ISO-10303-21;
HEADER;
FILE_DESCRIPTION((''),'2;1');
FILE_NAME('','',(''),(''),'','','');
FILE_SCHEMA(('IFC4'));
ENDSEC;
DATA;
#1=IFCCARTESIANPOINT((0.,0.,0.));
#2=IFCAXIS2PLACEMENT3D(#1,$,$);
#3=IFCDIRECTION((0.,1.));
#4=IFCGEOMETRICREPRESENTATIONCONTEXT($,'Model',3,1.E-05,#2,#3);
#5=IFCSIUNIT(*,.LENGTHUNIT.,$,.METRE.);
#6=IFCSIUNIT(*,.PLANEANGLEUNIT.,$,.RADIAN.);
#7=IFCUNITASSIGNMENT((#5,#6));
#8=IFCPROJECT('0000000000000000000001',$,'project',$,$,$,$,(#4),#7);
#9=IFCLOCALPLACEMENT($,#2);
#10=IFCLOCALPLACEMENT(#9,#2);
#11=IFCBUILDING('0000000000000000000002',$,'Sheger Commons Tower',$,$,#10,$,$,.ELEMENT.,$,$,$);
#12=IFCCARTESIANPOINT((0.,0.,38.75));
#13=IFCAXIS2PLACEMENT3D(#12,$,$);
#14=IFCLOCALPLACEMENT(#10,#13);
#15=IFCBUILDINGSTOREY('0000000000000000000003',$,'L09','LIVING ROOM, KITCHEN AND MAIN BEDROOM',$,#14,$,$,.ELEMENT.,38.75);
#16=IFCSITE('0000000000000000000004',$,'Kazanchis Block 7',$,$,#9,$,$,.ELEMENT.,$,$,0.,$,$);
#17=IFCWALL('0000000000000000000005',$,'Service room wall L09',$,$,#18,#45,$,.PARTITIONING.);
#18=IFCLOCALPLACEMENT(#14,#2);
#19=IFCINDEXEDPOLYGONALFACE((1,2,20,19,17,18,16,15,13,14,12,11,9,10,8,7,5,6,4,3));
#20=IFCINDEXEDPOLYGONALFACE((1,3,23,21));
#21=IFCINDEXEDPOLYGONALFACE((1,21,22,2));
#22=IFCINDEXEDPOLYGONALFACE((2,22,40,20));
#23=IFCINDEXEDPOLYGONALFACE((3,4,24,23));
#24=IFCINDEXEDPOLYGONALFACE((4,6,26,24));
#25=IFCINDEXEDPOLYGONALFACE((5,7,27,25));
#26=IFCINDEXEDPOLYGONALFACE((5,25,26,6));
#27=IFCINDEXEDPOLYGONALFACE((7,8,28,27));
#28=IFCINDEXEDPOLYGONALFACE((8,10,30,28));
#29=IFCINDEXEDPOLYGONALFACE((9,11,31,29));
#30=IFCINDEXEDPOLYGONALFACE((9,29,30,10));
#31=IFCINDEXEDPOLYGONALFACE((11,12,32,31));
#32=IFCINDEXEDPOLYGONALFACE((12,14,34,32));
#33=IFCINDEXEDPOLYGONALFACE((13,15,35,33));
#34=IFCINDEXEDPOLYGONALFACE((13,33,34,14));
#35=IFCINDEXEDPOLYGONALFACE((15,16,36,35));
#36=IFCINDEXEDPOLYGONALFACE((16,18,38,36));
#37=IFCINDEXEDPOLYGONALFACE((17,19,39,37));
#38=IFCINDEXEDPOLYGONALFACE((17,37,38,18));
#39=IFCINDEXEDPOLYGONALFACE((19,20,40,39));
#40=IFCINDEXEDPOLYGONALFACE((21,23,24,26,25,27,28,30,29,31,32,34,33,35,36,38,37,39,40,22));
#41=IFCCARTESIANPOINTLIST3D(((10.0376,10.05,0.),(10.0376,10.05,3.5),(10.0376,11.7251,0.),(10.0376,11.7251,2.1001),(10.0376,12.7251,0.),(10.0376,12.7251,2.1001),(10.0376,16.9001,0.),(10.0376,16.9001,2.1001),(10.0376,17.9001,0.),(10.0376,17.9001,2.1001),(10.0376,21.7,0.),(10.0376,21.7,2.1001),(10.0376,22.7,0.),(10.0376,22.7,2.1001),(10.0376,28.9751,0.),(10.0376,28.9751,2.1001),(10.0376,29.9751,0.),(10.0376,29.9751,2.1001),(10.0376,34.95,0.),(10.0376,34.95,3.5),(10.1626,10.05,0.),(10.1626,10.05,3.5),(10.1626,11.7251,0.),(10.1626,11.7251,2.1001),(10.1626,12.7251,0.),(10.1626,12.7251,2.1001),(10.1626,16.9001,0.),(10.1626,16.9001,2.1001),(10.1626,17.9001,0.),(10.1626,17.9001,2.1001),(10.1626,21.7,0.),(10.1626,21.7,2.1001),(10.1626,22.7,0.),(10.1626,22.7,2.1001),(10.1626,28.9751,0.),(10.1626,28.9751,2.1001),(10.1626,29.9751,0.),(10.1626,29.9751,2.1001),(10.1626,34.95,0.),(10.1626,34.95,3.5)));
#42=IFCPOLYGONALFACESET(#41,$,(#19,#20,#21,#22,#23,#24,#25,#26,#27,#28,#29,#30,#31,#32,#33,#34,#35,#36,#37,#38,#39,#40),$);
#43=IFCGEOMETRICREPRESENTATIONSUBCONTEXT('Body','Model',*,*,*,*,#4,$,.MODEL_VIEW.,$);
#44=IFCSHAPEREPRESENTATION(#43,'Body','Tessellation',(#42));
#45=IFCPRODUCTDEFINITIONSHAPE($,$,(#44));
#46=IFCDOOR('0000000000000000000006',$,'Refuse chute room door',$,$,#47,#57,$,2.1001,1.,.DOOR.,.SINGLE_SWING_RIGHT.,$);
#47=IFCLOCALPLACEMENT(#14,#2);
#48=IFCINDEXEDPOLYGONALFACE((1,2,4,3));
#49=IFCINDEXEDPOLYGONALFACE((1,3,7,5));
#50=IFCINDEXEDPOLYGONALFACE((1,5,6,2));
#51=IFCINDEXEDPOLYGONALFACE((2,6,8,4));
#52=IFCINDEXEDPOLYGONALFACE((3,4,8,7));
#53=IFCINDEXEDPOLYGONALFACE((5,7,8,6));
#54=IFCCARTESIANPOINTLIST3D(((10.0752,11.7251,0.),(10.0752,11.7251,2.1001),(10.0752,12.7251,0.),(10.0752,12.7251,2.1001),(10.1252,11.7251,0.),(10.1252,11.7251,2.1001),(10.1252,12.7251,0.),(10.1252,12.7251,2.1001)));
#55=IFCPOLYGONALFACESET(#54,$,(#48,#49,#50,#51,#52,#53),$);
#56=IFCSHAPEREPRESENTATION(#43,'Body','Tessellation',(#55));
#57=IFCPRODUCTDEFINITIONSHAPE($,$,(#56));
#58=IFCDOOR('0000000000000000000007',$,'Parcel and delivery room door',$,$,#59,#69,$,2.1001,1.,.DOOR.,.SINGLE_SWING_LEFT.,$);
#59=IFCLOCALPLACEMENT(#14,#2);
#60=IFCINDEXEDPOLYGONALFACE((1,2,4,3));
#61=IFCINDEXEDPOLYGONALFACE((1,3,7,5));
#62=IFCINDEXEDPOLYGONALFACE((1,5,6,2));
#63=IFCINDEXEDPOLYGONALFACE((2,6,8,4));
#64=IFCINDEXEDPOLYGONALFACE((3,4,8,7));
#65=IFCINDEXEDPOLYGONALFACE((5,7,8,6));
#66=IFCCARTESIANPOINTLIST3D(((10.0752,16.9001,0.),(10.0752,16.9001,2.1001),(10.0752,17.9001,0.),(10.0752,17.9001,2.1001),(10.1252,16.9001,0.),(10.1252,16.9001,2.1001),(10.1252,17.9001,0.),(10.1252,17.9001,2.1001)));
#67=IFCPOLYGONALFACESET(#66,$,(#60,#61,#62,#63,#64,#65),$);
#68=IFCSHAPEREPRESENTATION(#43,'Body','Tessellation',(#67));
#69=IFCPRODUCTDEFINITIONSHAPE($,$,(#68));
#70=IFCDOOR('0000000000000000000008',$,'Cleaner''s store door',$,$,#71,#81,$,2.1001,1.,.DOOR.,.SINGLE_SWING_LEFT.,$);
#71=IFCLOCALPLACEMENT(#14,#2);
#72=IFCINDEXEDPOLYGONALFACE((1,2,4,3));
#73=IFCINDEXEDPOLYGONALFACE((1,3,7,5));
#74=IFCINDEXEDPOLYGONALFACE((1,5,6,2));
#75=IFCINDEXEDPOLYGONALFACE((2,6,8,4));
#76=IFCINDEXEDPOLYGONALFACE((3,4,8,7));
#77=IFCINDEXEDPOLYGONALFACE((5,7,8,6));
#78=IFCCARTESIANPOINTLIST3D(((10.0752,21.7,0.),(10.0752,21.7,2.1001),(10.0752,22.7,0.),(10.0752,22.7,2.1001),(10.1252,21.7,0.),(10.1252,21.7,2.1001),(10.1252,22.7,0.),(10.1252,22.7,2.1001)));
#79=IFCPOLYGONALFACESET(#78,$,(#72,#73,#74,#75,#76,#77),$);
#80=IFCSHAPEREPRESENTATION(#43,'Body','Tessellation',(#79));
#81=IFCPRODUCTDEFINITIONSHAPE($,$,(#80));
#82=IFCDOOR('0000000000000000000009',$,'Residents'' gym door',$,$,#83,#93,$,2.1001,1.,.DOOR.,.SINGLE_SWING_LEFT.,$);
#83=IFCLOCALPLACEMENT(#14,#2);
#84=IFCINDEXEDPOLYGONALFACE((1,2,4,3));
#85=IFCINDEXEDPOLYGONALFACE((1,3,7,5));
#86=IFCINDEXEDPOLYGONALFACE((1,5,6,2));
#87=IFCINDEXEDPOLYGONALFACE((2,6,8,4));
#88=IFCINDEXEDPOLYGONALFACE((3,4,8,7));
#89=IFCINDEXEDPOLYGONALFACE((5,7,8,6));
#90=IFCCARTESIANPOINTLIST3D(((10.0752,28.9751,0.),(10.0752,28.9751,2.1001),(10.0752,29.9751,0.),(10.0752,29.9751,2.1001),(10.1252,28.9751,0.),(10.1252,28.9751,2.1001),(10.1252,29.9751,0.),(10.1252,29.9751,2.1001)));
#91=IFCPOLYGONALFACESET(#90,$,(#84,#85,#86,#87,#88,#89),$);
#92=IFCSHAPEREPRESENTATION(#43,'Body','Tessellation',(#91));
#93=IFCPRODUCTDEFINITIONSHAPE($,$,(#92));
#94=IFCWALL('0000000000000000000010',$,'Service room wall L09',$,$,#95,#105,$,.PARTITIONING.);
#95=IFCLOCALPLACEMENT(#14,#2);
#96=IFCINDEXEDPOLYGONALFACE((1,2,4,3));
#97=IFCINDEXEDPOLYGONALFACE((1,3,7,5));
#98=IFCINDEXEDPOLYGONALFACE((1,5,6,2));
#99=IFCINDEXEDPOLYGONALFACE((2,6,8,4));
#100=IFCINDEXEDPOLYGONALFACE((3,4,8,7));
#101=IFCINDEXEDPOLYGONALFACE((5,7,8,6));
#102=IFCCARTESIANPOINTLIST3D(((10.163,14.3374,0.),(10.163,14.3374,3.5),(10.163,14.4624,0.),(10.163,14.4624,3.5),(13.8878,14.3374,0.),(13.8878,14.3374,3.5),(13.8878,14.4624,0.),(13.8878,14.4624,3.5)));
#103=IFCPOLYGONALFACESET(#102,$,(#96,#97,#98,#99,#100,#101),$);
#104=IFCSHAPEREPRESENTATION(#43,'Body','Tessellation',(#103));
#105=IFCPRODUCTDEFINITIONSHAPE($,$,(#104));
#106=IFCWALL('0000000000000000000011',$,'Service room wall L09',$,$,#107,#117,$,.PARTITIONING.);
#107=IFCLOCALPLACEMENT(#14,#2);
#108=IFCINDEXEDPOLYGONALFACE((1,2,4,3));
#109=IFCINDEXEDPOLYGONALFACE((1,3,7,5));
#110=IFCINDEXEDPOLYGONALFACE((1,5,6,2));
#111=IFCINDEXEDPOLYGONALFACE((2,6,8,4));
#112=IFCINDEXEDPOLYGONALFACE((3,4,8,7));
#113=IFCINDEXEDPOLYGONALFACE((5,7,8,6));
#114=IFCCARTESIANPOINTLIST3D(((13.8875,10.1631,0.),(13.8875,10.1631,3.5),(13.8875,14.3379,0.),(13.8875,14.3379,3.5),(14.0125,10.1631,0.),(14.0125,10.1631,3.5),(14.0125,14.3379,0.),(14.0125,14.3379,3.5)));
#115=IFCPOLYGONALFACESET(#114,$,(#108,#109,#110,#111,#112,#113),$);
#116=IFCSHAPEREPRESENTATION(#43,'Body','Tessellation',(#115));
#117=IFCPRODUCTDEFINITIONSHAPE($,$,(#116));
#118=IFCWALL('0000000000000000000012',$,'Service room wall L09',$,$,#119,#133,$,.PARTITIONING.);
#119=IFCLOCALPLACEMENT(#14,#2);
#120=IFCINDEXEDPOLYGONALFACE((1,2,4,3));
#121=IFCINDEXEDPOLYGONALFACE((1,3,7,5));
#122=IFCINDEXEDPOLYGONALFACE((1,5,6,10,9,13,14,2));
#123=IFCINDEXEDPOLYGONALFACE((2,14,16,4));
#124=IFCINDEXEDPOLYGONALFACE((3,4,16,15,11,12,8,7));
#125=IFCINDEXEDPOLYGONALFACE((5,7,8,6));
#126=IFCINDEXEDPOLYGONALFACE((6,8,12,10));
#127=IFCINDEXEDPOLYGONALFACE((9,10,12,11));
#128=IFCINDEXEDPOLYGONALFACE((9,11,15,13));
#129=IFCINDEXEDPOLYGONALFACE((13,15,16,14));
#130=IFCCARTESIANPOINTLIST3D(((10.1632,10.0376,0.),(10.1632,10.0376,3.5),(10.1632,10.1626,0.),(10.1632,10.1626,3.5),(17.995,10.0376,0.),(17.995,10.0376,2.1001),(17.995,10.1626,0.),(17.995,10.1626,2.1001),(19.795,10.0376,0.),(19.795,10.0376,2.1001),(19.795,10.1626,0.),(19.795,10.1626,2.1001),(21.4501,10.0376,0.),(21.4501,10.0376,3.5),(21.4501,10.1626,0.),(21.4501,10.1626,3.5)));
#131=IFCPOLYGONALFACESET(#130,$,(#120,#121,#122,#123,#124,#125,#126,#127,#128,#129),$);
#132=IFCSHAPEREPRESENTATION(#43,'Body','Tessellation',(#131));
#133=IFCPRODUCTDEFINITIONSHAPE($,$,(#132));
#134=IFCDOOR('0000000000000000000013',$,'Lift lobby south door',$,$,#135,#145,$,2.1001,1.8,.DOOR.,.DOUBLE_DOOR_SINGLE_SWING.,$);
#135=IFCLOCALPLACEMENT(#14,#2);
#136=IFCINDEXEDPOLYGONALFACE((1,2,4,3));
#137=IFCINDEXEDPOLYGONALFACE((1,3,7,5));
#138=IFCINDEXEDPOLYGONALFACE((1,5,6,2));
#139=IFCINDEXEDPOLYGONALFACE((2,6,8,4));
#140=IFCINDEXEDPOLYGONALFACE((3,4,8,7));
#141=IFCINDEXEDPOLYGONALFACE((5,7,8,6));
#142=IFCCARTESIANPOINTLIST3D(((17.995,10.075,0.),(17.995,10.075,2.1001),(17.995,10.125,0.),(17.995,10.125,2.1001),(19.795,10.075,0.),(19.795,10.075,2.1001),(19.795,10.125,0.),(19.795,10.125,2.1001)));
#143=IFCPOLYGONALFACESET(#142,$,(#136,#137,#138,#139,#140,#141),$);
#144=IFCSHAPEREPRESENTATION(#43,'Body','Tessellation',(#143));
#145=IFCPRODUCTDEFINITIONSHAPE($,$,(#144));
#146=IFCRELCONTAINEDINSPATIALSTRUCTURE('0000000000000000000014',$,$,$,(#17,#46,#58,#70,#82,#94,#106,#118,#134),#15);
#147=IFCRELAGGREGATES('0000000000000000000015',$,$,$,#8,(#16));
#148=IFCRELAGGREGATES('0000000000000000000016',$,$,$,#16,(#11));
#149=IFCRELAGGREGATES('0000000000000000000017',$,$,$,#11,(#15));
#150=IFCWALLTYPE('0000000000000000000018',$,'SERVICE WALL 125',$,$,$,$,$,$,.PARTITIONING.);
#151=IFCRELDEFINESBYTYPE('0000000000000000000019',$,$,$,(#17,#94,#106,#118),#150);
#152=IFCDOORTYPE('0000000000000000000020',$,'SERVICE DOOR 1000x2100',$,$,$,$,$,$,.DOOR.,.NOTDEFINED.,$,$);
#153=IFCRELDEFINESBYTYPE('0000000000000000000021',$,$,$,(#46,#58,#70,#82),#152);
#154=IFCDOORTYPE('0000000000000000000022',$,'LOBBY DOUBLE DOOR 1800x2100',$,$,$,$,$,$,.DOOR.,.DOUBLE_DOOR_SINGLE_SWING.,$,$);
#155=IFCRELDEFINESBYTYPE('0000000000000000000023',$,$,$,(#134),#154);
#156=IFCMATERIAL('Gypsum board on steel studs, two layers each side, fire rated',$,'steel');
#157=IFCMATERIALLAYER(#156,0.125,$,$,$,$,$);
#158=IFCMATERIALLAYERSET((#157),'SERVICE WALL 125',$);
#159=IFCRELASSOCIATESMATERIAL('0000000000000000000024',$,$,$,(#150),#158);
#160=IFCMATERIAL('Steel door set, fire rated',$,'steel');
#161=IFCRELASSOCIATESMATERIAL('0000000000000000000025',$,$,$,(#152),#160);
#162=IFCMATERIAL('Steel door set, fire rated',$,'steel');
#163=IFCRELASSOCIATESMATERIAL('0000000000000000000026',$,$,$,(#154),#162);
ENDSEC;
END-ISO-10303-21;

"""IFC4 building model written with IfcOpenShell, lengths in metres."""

from ifc_helpers import new_model, si_unit, direction, frame, frame_2d, origin, place, context, subcontext, project, spatial, rectangle, extrude, material, layer, layer_set, type_object, element, fill, save


model = new_model("IFC4")

# Units and contexts
model_context = context("Model", 3, precision=1e-05, world=origin(), true_north=direction((0.0, 1.0)))
body_context = subcontext(model_context, "Body", "Model", "MODEL_VIEW")
ifc_project = project(units=[si_unit("LENGTHUNIT", "METRE"), si_unit("PLANEANGLEUNIT", "RADIAN")], contexts=[model_context])

# Site, building, storey
site_placement = place(None, origin())
site = spatial("IfcSite", under=ifc_project, at=site_placement, Name="Kazanchis Block 7", CompositionType="ELEMENT", RefElevation=0.0)
building_placement = place(site_placement, origin())
building = spatial("IfcBuilding", under=site, at=building_placement, Name="Sheger Commons Tower", CompositionType="ELEMENT")
storey_placement = place(building_placement, frame((0.0, 0.0, 38.75)))
storey = spatial("IfcBuildingStorey", under=building, at=storey_placement, Name="L09", Description="LIVING ROOM, KITCHEN AND MAIN BEDROOM", CompositionType="ELEMENT", Elevation=38.75)

# Wall, openings, doors
ifc_material_1 = material(Name="Gypsum board on steel studs, two layers each side, fire rated", Category="steel")
ifc_layer_1 = layer(ifc_material_1, 0.125)
ifc_layer_set_1 = layer_set([ifc_layer_1], Name="SERVICE WALL 125")
wall_type_1 = type_object("IfcWallType", Name="SERVICE WALL 125", PredefinedType="PARTITIONING", material=ifc_layer_set_1)
wall_1_placement = place(storey_placement, frame((10.1001, 10.05, 0.0), z_axis=(0.0, 0.0, 1.0), x_axis=(0.0, 1.0, 0.0)))
wall_1 = element("IfcWall", 1, at=wall_1_placement, inside=storey, type_object=wall_type_1, Name="Service room wall L09", PredefinedType="PARTITIONING", context=body_context, shape_type="SweptSolid", body=[
    extrude(rectangle(XDim=24.8999, YDim=0.125, at=frame_2d((12.45, 0.0))), origin(), (0.0, 0.0, 1.0), 3.5),
])
opening_1_placement = place(wall_1_placement, frame((1.675, 0.0, 0.0)))
opening_1 = element("IfcOpeningElement", 2, at=opening_1_placement, cuts=wall_1, PredefinedType="OPENING", context=body_context, shape_type="SweptSolid", body=[
    extrude(rectangle(XDim=1.0, YDim=2.1001, at=frame_2d((0.5, 1.05))), frame((0.0, 0.0725, 0.0), z_axis=(0.0, -1.0, 0.0), x_axis=(1.0, 0.0, 0.0)), (0.0, 0.0, 1.0), 0.145),
])
opening_2_placement = place(wall_1_placement, frame((6.8501, 0.0, 0.0)))
opening_2 = element("IfcOpeningElement", 3, at=opening_2_placement, cuts=wall_1, PredefinedType="OPENING", context=body_context, shape_type="SweptSolid", body=[
    extrude(rectangle(XDim=1.0, YDim=2.1001, at=frame_2d((0.5, 1.05))), frame((0.0, 0.0725, 0.0), z_axis=(0.0, -1.0, 0.0), x_axis=(1.0, 0.0, 0.0)), (0.0, 0.0, 1.0), 0.145),
])
opening_3_placement = place(wall_1_placement, frame((11.6499, 0.0, 0.0)))
opening_3 = element("IfcOpeningElement", 4, at=opening_3_placement, cuts=wall_1, PredefinedType="OPENING", context=body_context, shape_type="SweptSolid", body=[
    extrude(rectangle(XDim=1.0, YDim=2.1001, at=frame_2d((0.5, 1.05))), frame((0.0, 0.0725, 0.0), z_axis=(0.0, -1.0, 0.0), x_axis=(1.0, 0.0, 0.0)), (0.0, 0.0, 1.0), 0.145),
])
opening_4_placement = place(wall_1_placement, frame((18.925, 0.0, 0.0)))
opening_4 = element("IfcOpeningElement", 5, at=opening_4_placement, cuts=wall_1, PredefinedType="OPENING", context=body_context, shape_type="SweptSolid", body=[
    extrude(rectangle(XDim=1.0, YDim=2.1001, at=frame_2d((0.5, 1.05))), frame((0.0, 0.0725, 0.0), z_axis=(0.0, -1.0, 0.0), x_axis=(1.0, 0.0, 0.0)), (0.0, 0.0, 1.0), 0.145),
])
ifc_material_2 = material(Name="Steel door set, fire rated", Category="steel")
door_type_1 = type_object("IfcDoorType", Name="SERVICE DOOR 1000x2100", OperationType="NOTDEFINED", PredefinedType="DOOR", material=ifc_material_2)
door_1_placement = place(opening_1_placement, origin())
door_1 = element("IfcDoor", 6, at=door_1_placement, inside=storey, type_object=door_type_1, Name="Refuse chute room door", OperationType="SINGLE_SWING_RIGHT", OverallHeight=2.1001, OverallWidth=1.0, PredefinedType="DOOR", context=body_context, shape_type="SweptSolid", body=[
    extrude(rectangle(XDim=1.0, YDim=2.1001, at=frame_2d((0.5, 1.05))), frame((0.0, 0.0249, 0.0), z_axis=(0.0, -1.0, 0.0), x_axis=(1.0, 0.0, 0.0)), (0.0, 0.0, 1.0), 0.05),
])
fill(opening_1, door_1)
door_2_placement = place(opening_2_placement, origin())
door_2 = element("IfcDoor", 7, at=door_2_placement, inside=storey, type_object=door_type_1, Name="Parcel and delivery room door", OperationType="SINGLE_SWING_LEFT", OverallHeight=2.1001, OverallWidth=1.0, PredefinedType="DOOR", context=body_context, shape_type="SweptSolid", body=[
    extrude(rectangle(XDim=1.0, YDim=2.1001, at=frame_2d((0.5, 1.05))), frame((0.0, 0.0249, 0.0), z_axis=(0.0, -1.0, 0.0), x_axis=(1.0, 0.0, 0.0)), (0.0, 0.0, 1.0), 0.05),
])
fill(opening_2, door_2)
door_3_placement = place(opening_3_placement, origin())
door_3 = element("IfcDoor", 8, at=door_3_placement, inside=storey, type_object=door_type_1, Name="Cleaner's store door", OperationType="SINGLE_SWING_LEFT", OverallHeight=2.1001, OverallWidth=1.0, PredefinedType="DOOR", context=body_context, shape_type="SweptSolid", body=[
    extrude(rectangle(XDim=1.0, YDim=2.1001, at=frame_2d((0.5, 1.05))), frame((0.0, 0.0249, 0.0), z_axis=(0.0, -1.0, 0.0), x_axis=(1.0, 0.0, 0.0)), (0.0, 0.0, 1.0), 0.05),
])
fill(opening_3, door_3)
door_4_placement = place(opening_4_placement, origin())
door_4 = element("IfcDoor", 9, at=door_4_placement, inside=storey, type_object=door_type_1, Name="Residents' gym door", OperationType="SINGLE_SWING_LEFT", OverallHeight=2.1001, OverallWidth=1.0, PredefinedType="DOOR", context=body_context, shape_type="SweptSolid", body=[
    extrude(rectangle(XDim=1.0, YDim=2.1001, at=frame_2d((0.5, 1.05))), frame((0.0, 0.0249, 0.0), z_axis=(0.0, -1.0, 0.0), x_axis=(1.0, 0.0, 0.0)), (0.0, 0.0, 1.0), 0.05),
])
fill(opening_4, door_4)

# Walls
wall_2_placement = place(storey_placement, frame((10.1631, 14.3999, 0.0), z_axis=(0.0, 0.0, 1.0), x_axis=(1.0, 0.0, 0.0)))
element("IfcWall", 10, at=wall_2_placement, inside=storey, type_object=wall_type_1, Name="Service room wall L09", PredefinedType="PARTITIONING", context=body_context, shape_type="SweptSolid", body=[
    extrude(rectangle(XDim=3.7249, YDim=0.125, at=frame_2d((1.8623, 0.0))), origin(), (0.0, 0.0, 1.0), 3.5),
])
wall_3_placement = place(storey_placement, frame((13.95, 10.1631, 0.0), z_axis=(0.0, 0.0, 1.0), x_axis=(0.0, 1.0, 0.0)))
element("IfcWall", 11, at=wall_3_placement, inside=storey, type_object=wall_type_1, Name="Service room wall L09", PredefinedType="PARTITIONING", context=body_context, shape_type="SweptSolid", body=[
    extrude(rectangle(XDim=4.1748, YDim=0.125, at=frame_2d((2.0874, 0.0))), origin(), (0.0, 0.0, 1.0), 3.5),
])

# Wall, opening, door
wall_4_placement = place(storey_placement, frame((10.1631, 10.1001, 0.0), z_axis=(0.0, 0.0, 1.0), x_axis=(1.0, 0.0, 0.0)))
wall_4 = element("IfcWall", 12, at=wall_4_placement, inside=storey, type_object=wall_type_1, Name="Service room wall L09", PredefinedType="PARTITIONING", context=body_context, shape_type="SweptSolid", body=[
    extrude(rectangle(XDim=11.2869, YDim=0.125, at=frame_2d((5.6436, 0.0))), origin(), (0.0, 0.0, 1.0), 3.5),
])
opening_5_placement = place(wall_4_placement, frame((7.832, 0.0, 0.0)))
opening_5 = element("IfcOpeningElement", 13, at=opening_5_placement, cuts=wall_4, PredefinedType="OPENING", context=body_context, shape_type="SweptSolid", body=[
    extrude(rectangle(XDim=1.8, YDim=2.1001, at=frame_2d((0.8999, 1.05))), frame((0.0, 0.0725, 0.0), z_axis=(0.0, -1.0, 0.0), x_axis=(1.0, 0.0, 0.0)), (0.0, 0.0, 1.0), 0.145),
])
ifc_material_3 = material(Name="Steel door set, fire rated", Category="steel")
door_type_2 = type_object("IfcDoorType", Name="LOBBY DOUBLE DOOR 1800x2100", OperationType="DOUBLE_DOOR_SINGLE_SWING", PredefinedType="DOOR", material=ifc_material_3)
door_5_placement = place(opening_5_placement, origin())
door_5 = element("IfcDoor", 14, at=door_5_placement, inside=storey, type_object=door_type_2, Name="Lift lobby south door", OperationType="DOUBLE_DOOR_SINGLE_SWING", OverallHeight=2.1001, OverallWidth=1.8, PredefinedType="DOOR", context=body_context, shape_type="SweptSolid", body=[
    extrude(rectangle(XDim=1.8, YDim=2.1001, at=frame_2d((0.8999, 1.05))), frame((0.0, 0.0249, 0.0), z_axis=(0.0, -1.0, 0.0), x_axis=(1.0, 0.0, 0.0)), (0.0, 0.0, 1.0), 0.05),
])
fill(opening_5, door_5)

save(model, "model.ifc")
